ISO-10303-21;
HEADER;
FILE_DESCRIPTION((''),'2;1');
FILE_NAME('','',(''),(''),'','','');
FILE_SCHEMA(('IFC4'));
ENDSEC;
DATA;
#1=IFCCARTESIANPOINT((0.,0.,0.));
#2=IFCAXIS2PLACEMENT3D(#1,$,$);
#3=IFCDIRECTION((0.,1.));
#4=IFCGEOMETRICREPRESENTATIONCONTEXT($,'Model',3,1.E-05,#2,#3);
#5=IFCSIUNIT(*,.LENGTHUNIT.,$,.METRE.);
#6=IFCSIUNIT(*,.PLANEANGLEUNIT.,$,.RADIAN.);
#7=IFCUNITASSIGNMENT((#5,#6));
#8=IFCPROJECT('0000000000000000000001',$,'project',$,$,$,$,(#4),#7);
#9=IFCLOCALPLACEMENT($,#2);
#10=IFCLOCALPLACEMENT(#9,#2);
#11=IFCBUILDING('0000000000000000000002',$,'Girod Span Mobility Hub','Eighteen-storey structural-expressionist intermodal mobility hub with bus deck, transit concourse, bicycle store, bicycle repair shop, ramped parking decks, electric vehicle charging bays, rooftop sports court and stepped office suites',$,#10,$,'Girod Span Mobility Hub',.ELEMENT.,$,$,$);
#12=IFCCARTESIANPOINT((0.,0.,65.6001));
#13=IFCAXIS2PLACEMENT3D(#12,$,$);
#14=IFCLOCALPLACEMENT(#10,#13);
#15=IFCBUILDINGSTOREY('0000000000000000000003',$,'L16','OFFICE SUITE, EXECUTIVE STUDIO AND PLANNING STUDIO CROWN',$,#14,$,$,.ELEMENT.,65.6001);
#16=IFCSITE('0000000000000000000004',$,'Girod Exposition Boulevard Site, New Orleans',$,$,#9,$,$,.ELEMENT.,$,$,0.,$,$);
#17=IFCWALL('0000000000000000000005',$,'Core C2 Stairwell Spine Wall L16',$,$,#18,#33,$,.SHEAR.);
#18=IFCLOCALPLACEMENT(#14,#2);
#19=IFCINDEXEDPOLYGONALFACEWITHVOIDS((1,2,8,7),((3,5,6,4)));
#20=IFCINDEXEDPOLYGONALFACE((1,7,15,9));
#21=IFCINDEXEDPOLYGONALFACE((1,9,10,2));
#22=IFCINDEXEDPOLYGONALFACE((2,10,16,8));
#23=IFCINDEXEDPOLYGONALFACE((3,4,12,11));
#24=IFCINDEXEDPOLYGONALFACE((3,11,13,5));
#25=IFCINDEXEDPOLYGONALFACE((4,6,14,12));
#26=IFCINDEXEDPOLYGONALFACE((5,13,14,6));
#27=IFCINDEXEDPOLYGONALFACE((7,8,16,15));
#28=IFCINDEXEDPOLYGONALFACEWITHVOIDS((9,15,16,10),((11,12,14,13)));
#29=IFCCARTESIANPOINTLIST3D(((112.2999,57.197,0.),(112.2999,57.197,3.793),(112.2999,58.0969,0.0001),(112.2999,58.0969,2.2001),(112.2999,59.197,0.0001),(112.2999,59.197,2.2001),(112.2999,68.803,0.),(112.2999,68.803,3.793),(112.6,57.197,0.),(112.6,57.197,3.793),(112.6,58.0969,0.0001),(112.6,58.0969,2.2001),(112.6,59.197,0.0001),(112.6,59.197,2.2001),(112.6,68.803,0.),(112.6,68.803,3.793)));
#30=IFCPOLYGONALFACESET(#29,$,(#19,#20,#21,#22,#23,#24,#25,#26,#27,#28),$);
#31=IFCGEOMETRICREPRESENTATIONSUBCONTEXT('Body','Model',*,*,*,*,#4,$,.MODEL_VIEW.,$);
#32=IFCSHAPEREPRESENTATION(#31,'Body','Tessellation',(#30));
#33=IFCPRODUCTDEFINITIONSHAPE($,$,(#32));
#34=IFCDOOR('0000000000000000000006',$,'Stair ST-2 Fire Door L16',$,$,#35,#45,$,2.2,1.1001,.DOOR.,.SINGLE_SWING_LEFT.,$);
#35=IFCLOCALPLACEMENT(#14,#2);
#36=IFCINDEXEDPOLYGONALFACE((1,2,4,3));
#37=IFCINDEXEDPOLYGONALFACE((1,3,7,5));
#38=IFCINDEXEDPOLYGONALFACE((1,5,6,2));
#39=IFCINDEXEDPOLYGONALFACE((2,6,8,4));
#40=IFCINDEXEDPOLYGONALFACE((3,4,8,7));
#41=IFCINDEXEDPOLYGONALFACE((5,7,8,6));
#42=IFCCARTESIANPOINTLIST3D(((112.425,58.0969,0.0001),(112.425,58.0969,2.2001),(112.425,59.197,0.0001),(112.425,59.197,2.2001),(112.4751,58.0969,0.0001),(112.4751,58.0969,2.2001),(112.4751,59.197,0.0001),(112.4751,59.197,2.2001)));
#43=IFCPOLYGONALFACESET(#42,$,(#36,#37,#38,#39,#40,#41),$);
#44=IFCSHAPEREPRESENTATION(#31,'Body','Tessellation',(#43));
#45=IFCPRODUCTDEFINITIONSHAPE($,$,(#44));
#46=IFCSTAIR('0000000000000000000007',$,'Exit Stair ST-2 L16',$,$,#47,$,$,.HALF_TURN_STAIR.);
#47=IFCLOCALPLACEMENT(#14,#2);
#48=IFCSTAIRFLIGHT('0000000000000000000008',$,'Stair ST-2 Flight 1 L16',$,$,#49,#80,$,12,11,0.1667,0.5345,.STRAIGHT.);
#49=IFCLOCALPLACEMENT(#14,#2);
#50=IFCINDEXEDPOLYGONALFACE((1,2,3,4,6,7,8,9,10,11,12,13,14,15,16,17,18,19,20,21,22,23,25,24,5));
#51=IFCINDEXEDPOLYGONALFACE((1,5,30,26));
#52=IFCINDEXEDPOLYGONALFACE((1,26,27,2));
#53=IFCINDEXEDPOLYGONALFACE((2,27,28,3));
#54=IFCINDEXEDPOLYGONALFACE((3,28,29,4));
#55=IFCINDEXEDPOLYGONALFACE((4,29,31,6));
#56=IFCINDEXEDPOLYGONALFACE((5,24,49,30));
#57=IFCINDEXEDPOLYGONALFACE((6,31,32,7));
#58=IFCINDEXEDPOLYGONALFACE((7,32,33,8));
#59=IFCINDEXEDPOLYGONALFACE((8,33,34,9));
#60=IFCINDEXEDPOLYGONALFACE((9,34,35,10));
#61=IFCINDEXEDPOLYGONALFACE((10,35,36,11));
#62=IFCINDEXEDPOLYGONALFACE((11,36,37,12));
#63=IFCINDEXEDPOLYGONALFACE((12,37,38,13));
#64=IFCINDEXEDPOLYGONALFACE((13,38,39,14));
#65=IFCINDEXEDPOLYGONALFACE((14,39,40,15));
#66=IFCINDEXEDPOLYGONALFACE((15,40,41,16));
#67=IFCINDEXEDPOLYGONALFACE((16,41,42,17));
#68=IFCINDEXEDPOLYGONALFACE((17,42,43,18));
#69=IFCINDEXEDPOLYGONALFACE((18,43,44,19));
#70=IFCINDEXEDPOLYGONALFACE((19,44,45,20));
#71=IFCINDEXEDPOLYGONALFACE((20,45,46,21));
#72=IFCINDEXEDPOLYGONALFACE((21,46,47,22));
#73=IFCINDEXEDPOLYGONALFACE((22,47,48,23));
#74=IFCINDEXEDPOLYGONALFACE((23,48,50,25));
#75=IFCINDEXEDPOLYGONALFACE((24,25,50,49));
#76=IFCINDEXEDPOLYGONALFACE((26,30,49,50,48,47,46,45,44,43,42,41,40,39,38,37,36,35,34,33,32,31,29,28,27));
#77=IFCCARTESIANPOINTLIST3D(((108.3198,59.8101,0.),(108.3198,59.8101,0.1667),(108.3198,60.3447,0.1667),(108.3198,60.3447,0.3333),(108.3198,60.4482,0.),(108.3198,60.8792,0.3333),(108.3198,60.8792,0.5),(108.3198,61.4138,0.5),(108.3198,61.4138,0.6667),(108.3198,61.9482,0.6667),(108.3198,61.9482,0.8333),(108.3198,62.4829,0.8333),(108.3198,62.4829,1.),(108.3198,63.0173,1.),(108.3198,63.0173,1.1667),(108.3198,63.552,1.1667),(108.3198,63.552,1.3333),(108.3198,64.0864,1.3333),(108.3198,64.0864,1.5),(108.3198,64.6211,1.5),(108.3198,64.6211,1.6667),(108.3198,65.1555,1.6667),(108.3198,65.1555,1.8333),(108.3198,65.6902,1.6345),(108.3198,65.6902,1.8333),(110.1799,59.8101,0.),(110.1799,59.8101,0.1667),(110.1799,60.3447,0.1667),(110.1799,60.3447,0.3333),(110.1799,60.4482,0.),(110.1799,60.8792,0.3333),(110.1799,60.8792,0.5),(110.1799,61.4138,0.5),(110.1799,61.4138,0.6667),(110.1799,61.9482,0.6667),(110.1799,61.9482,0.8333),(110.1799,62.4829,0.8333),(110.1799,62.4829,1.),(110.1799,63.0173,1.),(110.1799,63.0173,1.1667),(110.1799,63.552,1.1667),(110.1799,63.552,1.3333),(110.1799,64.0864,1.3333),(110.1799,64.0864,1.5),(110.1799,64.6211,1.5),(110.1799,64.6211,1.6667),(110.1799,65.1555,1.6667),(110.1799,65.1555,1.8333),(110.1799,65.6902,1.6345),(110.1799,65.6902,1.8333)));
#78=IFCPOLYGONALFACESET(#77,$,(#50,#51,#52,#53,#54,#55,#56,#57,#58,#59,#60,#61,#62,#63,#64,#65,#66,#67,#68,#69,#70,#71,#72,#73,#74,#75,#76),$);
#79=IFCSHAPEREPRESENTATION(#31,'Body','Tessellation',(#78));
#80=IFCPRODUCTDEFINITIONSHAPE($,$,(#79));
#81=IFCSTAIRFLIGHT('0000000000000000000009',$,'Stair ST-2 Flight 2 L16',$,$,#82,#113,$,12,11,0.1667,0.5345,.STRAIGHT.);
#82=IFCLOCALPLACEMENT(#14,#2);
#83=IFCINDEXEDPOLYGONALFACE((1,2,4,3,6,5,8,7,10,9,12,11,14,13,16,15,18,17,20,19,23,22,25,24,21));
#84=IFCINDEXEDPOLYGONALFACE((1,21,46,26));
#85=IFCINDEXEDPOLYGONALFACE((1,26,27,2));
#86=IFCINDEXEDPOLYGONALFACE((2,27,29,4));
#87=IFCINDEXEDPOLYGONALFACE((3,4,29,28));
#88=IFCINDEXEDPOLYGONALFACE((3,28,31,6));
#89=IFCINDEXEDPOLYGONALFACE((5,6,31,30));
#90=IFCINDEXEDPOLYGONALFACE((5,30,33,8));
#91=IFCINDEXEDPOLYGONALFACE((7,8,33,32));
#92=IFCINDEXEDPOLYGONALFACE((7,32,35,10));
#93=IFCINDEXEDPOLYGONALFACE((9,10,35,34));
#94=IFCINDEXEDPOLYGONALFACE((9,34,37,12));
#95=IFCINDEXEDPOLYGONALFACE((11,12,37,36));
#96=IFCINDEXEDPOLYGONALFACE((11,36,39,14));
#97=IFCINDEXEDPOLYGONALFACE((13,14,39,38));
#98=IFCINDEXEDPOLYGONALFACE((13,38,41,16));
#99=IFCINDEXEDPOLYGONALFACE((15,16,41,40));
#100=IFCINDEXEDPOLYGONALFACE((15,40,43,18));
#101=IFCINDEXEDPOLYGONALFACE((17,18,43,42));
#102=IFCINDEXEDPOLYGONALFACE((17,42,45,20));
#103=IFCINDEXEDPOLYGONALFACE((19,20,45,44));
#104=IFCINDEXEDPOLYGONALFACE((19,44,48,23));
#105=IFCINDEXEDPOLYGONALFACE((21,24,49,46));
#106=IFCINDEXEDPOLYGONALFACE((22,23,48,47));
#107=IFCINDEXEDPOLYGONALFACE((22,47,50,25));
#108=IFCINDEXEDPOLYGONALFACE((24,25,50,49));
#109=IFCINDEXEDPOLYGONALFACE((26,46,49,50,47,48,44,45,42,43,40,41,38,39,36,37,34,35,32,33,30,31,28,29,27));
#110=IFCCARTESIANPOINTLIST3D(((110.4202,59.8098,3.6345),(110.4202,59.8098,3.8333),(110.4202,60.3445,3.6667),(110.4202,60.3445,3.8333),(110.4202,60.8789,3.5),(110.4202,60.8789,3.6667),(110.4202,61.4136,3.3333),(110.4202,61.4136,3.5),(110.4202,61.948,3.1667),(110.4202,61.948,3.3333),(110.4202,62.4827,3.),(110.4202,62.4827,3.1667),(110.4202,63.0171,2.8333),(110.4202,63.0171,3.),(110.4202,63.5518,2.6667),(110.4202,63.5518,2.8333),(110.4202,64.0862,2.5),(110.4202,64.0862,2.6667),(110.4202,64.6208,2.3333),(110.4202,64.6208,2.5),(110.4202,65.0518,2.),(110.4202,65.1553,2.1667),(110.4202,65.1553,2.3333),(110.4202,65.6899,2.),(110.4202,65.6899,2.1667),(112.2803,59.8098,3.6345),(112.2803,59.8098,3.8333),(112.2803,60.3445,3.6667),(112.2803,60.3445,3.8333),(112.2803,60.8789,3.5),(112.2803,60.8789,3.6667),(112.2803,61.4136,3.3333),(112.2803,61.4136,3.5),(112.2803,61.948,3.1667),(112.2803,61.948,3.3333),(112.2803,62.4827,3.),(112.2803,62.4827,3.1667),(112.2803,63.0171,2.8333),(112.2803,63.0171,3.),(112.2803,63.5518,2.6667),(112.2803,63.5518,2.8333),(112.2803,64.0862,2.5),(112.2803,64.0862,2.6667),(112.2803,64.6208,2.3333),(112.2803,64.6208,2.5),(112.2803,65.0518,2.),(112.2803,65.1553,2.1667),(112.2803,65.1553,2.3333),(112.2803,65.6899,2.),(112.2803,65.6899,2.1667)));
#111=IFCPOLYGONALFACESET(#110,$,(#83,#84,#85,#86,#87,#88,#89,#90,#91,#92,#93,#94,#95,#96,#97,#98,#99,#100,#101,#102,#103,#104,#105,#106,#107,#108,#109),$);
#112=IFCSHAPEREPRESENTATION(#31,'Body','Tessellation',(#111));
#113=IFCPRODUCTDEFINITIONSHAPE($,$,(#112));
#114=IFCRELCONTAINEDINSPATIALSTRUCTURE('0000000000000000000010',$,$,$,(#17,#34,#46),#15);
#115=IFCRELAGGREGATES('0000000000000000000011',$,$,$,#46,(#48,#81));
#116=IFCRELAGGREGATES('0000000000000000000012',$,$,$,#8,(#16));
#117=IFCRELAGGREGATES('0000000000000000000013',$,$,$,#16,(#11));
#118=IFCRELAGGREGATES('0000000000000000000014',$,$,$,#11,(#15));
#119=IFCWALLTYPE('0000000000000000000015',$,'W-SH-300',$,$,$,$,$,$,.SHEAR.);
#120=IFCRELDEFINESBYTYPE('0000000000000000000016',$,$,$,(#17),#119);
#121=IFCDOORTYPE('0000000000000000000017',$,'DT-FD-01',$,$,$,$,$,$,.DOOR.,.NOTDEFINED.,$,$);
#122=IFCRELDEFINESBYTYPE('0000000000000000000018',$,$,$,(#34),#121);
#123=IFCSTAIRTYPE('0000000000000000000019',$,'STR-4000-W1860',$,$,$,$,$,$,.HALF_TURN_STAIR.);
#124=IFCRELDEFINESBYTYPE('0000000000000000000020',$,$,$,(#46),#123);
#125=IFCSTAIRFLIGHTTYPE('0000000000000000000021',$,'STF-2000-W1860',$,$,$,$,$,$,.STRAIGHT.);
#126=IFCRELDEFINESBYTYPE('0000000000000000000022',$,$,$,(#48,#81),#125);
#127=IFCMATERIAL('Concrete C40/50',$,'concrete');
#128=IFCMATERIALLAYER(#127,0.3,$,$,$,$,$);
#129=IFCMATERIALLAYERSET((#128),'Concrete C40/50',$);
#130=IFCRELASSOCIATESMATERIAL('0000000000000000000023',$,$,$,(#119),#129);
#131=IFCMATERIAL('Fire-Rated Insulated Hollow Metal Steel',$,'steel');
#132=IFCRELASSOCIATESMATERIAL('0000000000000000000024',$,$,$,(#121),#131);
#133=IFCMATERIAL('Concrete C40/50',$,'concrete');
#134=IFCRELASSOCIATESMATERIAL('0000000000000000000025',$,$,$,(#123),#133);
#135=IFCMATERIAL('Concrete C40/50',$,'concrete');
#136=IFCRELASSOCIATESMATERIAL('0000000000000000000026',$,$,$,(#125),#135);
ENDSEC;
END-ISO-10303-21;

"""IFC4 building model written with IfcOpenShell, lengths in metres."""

from ifc_helpers import new_model, si_unit, direction, frame, frame_2d, origin, place, context, subcontext, project, spatial, polyline, rectangle, outline, extrude, material, layer, layer_set, type_object, element, fill, aggregate, save


model = new_model("IFC4")

# Units and contexts
model_context = context("Model", 3, precision=1e-05, world=origin(), true_north=direction((0.0, 1.0)))
body_context = subcontext(model_context, "Body", "Model", "MODEL_VIEW")
ifc_project = project(units=[si_unit("LENGTHUNIT", "METRE"), si_unit("PLANEANGLEUNIT", "RADIAN")], contexts=[model_context])

# Site, building, storey
site_placement = place(None, origin())
site = spatial("IfcSite", under=ifc_project, at=site_placement, Name="Girod Exposition Boulevard Site, New Orleans", CompositionType="ELEMENT", RefElevation=0.0)
building_placement = place(site_placement, origin())
building = spatial("IfcBuilding", under=site, at=building_placement, Name="Girod Span Mobility Hub", Description="Eighteen-storey structural-expressionist intermodal mobility hub with bus deck, transit concourse, bicycle store, bicycle repair shop, ramped parking decks, electric vehicle charging bays, rooftop sports court and stepped office suites", LongName="Girod Span Mobility Hub", CompositionType="ELEMENT")
storey_placement = place(building_placement, frame((0.0, 0.0, 65.6001)))
storey = spatial("IfcBuildingStorey", under=building, at=storey_placement, Name="L16", Description="OFFICE SUITE, EXECUTIVE STUDIO AND PLANNING STUDIO CROWN", CompositionType="ELEMENT", Elevation=65.6001)

# Wall, opening, door
ifc_material_1 = material(Name="Concrete C40/50", Category="concrete")
ifc_layer_1 = layer(ifc_material_1, 0.3)
ifc_layer_set_1 = layer_set([ifc_layer_1], Name="Concrete C40/50")
wall_type_1 = type_object("IfcWallType", Name="W-SH-300", PredefinedType="SHEAR", material=ifc_layer_set_1)
wall_1_placement = place(storey_placement, frame((112.45, 57.197, 0.0), z_axis=(0.0, 0.0, 1.0), x_axis=(0.0, 1.0, 0.0)))
wall_1 = element("IfcWall", 1, at=wall_1_placement, inside=storey, type_object=wall_type_1, Name="Core C2 Stairwell Spine Wall L16", PredefinedType="SHEAR", context=body_context, shape_type="SweptSolid", body=[
    extrude(rectangle(XDim=11.606, YDim=0.3, at=frame_2d((5.803, 0.0))), origin(), (0.0, 0.0, 1.0), 3.793),
])
opening_1_placement = place(wall_1_placement, frame((0.8999, 0.0, 0.0)))
opening_1 = element("IfcOpeningElement", 2, at=opening_1_placement, cuts=wall_1, PredefinedType="OPENING", context=body_context, shape_type="SweptSolid", body=[
    extrude(rectangle(XDim=1.1001, YDim=2.2, at=frame_2d((0.55, 1.1001))), frame((0.0, 0.165, 0.0), z_axis=(0.0, -1.0, 0.0), x_axis=(1.0, 0.0, 0.0)), (0.0, 0.0, 1.0), 0.3301),
])
ifc_material_2 = material(Name="Fire-Rated Insulated Hollow Metal Steel", Category="steel")
door_type_1 = type_object("IfcDoorType", Name="DT-FD-01", OperationType="NOTDEFINED", PredefinedType="DOOR", material=ifc_material_2)
door_1_placement = place(opening_1_placement, origin())
door_1 = element("IfcDoor", 3, at=door_1_placement, inside=storey, type_object=door_type_1, Name="Stair ST-2 Fire Door L16", OperationType="SINGLE_SWING_LEFT", OverallHeight=2.2, OverallWidth=1.1001, PredefinedType="DOOR", context=body_context, shape_type="SweptSolid", body=[
    extrude(rectangle(XDim=1.1001, YDim=2.2, at=frame_2d((0.55, 1.1001))), frame((0.0, 0.0249, 0.0), z_axis=(0.0, -1.0, 0.0), x_axis=(1.0, 0.0, 0.0)), (0.0, 0.0, 1.0), 0.05),
])
fill(opening_1, door_1)

# Stair, stair flights
ifc_material_3 = material(Name="Concrete C40/50", Category="concrete")
stair_type = type_object("IfcStairType", Name="STR-4000-W1860", PredefinedType="HALF_TURN_STAIR", material=ifc_material_3)
stair_placement = place(storey_placement, origin())
stair = element("IfcStair", 4, at=stair_placement, inside=storey, type_object=stair_type, Name="Exit Stair ST-2 L16", PredefinedType="HALF_TURN_STAIR")
ifc_material_4 = material(Name="Concrete C40/50", Category="concrete")
stair_flight_type = type_object("IfcStairFlightType", Name="STF-2000-W1860", PredefinedType="STRAIGHT", material=ifc_material_4)
stair_flight_1_placement = place(storey_placement, frame((109.25, 59.8101, 0.0), z_axis=(0.0, 0.0, 1.0), x_axis=(0.0, 1.0, 0.0)))
stair_flight_1 = element("IfcStairFlight", 5, at=stair_flight_1_placement, type_object=stair_flight_type, Name="Stair ST-2 Flight 1 L16", NumberOfRisers=12, NumberOfTreads=11, PredefinedType="STRAIGHT", RiserHeight=0.1667, TreadLength=0.5345, context=body_context, shape_type="SweptSolid", body=[
    extrude(outline(polyline([(0.0, 0.0), (0.0, 0.1667), (0.5347, 0.1667), (0.5347, 0.3333), (1.0691, 0.3333), (1.0691, 0.5), (1.6038, 0.5), (1.6038, 0.6667), (2.1382, 0.6667), (2.1382, 0.8333), (2.6729, 0.8333), (2.6729, 1.0), (3.2073, 1.0), (3.2073, 1.1667), (3.7419, 1.1667), (3.7419, 1.3333), (4.2764, 1.3333), (4.2764, 1.5), (4.811, 1.5), (4.811, 1.6667), (5.3455, 1.6667), (5.3455, 1.8333), (5.8801, 1.8333), (5.8801, 2.0), (5.8801, 1.6345), (0.6382, 0.0), (0.0, 0.0)])), frame((0.0, 0.9302, 0.0), z_axis=(0.0, -1.0, 0.0), x_axis=(1.0, 0.0, 0.0)), (0.0, 0.0, 1.0), 1.8601),
])
stair_flight_2_placement = place(storey_placement, frame((111.3501, 65.6899, 2.0), z_axis=(0.0, 0.0, 1.0), x_axis=(0.0, -1.0, 0.0)))
stair_flight_2 = element("IfcStairFlight", 6, at=stair_flight_2_placement, type_object=stair_flight_type, Name="Stair ST-2 Flight 2 L16", NumberOfRisers=12, NumberOfTreads=11, PredefinedType="STRAIGHT", RiserHeight=0.1667, TreadLength=0.5345, context=body_context, shape_type="SweptSolid", body=[
    extrude(outline(polyline([(0.0, 0.0), (0.0, 0.1667), (0.5347, 0.1667), (0.5347, 0.3333), (1.0691, 0.3333), (1.0691, 0.5), (1.6038, 0.5), (1.6038, 0.6667), (2.1382, 0.6667), (2.1382, 0.8333), (2.6729, 0.8333), (2.6729, 1.0), (3.2073, 1.0), (3.2073, 1.1667), (3.7419, 1.1667), (3.7419, 1.3333), (4.2764, 1.3333), (4.2764, 1.5), (4.811, 1.5), (4.811, 1.6667), (5.3455, 1.6667), (5.3455, 1.8333), (5.8801, 1.8333), (5.8801, 2.0), (5.8801, 1.6345), (0.6382, 0.0), (0.0, 0.0)])), frame((0.0, 0.9302, 0.0), z_axis=(0.0, -1.0, 0.0), x_axis=(1.0, 0.0, 0.0)), (0.0, 0.0, 1.0), 1.8601),
])
aggregate(stair, [stair_flight_1, stair_flight_2])

save(model, "model.ifc")
